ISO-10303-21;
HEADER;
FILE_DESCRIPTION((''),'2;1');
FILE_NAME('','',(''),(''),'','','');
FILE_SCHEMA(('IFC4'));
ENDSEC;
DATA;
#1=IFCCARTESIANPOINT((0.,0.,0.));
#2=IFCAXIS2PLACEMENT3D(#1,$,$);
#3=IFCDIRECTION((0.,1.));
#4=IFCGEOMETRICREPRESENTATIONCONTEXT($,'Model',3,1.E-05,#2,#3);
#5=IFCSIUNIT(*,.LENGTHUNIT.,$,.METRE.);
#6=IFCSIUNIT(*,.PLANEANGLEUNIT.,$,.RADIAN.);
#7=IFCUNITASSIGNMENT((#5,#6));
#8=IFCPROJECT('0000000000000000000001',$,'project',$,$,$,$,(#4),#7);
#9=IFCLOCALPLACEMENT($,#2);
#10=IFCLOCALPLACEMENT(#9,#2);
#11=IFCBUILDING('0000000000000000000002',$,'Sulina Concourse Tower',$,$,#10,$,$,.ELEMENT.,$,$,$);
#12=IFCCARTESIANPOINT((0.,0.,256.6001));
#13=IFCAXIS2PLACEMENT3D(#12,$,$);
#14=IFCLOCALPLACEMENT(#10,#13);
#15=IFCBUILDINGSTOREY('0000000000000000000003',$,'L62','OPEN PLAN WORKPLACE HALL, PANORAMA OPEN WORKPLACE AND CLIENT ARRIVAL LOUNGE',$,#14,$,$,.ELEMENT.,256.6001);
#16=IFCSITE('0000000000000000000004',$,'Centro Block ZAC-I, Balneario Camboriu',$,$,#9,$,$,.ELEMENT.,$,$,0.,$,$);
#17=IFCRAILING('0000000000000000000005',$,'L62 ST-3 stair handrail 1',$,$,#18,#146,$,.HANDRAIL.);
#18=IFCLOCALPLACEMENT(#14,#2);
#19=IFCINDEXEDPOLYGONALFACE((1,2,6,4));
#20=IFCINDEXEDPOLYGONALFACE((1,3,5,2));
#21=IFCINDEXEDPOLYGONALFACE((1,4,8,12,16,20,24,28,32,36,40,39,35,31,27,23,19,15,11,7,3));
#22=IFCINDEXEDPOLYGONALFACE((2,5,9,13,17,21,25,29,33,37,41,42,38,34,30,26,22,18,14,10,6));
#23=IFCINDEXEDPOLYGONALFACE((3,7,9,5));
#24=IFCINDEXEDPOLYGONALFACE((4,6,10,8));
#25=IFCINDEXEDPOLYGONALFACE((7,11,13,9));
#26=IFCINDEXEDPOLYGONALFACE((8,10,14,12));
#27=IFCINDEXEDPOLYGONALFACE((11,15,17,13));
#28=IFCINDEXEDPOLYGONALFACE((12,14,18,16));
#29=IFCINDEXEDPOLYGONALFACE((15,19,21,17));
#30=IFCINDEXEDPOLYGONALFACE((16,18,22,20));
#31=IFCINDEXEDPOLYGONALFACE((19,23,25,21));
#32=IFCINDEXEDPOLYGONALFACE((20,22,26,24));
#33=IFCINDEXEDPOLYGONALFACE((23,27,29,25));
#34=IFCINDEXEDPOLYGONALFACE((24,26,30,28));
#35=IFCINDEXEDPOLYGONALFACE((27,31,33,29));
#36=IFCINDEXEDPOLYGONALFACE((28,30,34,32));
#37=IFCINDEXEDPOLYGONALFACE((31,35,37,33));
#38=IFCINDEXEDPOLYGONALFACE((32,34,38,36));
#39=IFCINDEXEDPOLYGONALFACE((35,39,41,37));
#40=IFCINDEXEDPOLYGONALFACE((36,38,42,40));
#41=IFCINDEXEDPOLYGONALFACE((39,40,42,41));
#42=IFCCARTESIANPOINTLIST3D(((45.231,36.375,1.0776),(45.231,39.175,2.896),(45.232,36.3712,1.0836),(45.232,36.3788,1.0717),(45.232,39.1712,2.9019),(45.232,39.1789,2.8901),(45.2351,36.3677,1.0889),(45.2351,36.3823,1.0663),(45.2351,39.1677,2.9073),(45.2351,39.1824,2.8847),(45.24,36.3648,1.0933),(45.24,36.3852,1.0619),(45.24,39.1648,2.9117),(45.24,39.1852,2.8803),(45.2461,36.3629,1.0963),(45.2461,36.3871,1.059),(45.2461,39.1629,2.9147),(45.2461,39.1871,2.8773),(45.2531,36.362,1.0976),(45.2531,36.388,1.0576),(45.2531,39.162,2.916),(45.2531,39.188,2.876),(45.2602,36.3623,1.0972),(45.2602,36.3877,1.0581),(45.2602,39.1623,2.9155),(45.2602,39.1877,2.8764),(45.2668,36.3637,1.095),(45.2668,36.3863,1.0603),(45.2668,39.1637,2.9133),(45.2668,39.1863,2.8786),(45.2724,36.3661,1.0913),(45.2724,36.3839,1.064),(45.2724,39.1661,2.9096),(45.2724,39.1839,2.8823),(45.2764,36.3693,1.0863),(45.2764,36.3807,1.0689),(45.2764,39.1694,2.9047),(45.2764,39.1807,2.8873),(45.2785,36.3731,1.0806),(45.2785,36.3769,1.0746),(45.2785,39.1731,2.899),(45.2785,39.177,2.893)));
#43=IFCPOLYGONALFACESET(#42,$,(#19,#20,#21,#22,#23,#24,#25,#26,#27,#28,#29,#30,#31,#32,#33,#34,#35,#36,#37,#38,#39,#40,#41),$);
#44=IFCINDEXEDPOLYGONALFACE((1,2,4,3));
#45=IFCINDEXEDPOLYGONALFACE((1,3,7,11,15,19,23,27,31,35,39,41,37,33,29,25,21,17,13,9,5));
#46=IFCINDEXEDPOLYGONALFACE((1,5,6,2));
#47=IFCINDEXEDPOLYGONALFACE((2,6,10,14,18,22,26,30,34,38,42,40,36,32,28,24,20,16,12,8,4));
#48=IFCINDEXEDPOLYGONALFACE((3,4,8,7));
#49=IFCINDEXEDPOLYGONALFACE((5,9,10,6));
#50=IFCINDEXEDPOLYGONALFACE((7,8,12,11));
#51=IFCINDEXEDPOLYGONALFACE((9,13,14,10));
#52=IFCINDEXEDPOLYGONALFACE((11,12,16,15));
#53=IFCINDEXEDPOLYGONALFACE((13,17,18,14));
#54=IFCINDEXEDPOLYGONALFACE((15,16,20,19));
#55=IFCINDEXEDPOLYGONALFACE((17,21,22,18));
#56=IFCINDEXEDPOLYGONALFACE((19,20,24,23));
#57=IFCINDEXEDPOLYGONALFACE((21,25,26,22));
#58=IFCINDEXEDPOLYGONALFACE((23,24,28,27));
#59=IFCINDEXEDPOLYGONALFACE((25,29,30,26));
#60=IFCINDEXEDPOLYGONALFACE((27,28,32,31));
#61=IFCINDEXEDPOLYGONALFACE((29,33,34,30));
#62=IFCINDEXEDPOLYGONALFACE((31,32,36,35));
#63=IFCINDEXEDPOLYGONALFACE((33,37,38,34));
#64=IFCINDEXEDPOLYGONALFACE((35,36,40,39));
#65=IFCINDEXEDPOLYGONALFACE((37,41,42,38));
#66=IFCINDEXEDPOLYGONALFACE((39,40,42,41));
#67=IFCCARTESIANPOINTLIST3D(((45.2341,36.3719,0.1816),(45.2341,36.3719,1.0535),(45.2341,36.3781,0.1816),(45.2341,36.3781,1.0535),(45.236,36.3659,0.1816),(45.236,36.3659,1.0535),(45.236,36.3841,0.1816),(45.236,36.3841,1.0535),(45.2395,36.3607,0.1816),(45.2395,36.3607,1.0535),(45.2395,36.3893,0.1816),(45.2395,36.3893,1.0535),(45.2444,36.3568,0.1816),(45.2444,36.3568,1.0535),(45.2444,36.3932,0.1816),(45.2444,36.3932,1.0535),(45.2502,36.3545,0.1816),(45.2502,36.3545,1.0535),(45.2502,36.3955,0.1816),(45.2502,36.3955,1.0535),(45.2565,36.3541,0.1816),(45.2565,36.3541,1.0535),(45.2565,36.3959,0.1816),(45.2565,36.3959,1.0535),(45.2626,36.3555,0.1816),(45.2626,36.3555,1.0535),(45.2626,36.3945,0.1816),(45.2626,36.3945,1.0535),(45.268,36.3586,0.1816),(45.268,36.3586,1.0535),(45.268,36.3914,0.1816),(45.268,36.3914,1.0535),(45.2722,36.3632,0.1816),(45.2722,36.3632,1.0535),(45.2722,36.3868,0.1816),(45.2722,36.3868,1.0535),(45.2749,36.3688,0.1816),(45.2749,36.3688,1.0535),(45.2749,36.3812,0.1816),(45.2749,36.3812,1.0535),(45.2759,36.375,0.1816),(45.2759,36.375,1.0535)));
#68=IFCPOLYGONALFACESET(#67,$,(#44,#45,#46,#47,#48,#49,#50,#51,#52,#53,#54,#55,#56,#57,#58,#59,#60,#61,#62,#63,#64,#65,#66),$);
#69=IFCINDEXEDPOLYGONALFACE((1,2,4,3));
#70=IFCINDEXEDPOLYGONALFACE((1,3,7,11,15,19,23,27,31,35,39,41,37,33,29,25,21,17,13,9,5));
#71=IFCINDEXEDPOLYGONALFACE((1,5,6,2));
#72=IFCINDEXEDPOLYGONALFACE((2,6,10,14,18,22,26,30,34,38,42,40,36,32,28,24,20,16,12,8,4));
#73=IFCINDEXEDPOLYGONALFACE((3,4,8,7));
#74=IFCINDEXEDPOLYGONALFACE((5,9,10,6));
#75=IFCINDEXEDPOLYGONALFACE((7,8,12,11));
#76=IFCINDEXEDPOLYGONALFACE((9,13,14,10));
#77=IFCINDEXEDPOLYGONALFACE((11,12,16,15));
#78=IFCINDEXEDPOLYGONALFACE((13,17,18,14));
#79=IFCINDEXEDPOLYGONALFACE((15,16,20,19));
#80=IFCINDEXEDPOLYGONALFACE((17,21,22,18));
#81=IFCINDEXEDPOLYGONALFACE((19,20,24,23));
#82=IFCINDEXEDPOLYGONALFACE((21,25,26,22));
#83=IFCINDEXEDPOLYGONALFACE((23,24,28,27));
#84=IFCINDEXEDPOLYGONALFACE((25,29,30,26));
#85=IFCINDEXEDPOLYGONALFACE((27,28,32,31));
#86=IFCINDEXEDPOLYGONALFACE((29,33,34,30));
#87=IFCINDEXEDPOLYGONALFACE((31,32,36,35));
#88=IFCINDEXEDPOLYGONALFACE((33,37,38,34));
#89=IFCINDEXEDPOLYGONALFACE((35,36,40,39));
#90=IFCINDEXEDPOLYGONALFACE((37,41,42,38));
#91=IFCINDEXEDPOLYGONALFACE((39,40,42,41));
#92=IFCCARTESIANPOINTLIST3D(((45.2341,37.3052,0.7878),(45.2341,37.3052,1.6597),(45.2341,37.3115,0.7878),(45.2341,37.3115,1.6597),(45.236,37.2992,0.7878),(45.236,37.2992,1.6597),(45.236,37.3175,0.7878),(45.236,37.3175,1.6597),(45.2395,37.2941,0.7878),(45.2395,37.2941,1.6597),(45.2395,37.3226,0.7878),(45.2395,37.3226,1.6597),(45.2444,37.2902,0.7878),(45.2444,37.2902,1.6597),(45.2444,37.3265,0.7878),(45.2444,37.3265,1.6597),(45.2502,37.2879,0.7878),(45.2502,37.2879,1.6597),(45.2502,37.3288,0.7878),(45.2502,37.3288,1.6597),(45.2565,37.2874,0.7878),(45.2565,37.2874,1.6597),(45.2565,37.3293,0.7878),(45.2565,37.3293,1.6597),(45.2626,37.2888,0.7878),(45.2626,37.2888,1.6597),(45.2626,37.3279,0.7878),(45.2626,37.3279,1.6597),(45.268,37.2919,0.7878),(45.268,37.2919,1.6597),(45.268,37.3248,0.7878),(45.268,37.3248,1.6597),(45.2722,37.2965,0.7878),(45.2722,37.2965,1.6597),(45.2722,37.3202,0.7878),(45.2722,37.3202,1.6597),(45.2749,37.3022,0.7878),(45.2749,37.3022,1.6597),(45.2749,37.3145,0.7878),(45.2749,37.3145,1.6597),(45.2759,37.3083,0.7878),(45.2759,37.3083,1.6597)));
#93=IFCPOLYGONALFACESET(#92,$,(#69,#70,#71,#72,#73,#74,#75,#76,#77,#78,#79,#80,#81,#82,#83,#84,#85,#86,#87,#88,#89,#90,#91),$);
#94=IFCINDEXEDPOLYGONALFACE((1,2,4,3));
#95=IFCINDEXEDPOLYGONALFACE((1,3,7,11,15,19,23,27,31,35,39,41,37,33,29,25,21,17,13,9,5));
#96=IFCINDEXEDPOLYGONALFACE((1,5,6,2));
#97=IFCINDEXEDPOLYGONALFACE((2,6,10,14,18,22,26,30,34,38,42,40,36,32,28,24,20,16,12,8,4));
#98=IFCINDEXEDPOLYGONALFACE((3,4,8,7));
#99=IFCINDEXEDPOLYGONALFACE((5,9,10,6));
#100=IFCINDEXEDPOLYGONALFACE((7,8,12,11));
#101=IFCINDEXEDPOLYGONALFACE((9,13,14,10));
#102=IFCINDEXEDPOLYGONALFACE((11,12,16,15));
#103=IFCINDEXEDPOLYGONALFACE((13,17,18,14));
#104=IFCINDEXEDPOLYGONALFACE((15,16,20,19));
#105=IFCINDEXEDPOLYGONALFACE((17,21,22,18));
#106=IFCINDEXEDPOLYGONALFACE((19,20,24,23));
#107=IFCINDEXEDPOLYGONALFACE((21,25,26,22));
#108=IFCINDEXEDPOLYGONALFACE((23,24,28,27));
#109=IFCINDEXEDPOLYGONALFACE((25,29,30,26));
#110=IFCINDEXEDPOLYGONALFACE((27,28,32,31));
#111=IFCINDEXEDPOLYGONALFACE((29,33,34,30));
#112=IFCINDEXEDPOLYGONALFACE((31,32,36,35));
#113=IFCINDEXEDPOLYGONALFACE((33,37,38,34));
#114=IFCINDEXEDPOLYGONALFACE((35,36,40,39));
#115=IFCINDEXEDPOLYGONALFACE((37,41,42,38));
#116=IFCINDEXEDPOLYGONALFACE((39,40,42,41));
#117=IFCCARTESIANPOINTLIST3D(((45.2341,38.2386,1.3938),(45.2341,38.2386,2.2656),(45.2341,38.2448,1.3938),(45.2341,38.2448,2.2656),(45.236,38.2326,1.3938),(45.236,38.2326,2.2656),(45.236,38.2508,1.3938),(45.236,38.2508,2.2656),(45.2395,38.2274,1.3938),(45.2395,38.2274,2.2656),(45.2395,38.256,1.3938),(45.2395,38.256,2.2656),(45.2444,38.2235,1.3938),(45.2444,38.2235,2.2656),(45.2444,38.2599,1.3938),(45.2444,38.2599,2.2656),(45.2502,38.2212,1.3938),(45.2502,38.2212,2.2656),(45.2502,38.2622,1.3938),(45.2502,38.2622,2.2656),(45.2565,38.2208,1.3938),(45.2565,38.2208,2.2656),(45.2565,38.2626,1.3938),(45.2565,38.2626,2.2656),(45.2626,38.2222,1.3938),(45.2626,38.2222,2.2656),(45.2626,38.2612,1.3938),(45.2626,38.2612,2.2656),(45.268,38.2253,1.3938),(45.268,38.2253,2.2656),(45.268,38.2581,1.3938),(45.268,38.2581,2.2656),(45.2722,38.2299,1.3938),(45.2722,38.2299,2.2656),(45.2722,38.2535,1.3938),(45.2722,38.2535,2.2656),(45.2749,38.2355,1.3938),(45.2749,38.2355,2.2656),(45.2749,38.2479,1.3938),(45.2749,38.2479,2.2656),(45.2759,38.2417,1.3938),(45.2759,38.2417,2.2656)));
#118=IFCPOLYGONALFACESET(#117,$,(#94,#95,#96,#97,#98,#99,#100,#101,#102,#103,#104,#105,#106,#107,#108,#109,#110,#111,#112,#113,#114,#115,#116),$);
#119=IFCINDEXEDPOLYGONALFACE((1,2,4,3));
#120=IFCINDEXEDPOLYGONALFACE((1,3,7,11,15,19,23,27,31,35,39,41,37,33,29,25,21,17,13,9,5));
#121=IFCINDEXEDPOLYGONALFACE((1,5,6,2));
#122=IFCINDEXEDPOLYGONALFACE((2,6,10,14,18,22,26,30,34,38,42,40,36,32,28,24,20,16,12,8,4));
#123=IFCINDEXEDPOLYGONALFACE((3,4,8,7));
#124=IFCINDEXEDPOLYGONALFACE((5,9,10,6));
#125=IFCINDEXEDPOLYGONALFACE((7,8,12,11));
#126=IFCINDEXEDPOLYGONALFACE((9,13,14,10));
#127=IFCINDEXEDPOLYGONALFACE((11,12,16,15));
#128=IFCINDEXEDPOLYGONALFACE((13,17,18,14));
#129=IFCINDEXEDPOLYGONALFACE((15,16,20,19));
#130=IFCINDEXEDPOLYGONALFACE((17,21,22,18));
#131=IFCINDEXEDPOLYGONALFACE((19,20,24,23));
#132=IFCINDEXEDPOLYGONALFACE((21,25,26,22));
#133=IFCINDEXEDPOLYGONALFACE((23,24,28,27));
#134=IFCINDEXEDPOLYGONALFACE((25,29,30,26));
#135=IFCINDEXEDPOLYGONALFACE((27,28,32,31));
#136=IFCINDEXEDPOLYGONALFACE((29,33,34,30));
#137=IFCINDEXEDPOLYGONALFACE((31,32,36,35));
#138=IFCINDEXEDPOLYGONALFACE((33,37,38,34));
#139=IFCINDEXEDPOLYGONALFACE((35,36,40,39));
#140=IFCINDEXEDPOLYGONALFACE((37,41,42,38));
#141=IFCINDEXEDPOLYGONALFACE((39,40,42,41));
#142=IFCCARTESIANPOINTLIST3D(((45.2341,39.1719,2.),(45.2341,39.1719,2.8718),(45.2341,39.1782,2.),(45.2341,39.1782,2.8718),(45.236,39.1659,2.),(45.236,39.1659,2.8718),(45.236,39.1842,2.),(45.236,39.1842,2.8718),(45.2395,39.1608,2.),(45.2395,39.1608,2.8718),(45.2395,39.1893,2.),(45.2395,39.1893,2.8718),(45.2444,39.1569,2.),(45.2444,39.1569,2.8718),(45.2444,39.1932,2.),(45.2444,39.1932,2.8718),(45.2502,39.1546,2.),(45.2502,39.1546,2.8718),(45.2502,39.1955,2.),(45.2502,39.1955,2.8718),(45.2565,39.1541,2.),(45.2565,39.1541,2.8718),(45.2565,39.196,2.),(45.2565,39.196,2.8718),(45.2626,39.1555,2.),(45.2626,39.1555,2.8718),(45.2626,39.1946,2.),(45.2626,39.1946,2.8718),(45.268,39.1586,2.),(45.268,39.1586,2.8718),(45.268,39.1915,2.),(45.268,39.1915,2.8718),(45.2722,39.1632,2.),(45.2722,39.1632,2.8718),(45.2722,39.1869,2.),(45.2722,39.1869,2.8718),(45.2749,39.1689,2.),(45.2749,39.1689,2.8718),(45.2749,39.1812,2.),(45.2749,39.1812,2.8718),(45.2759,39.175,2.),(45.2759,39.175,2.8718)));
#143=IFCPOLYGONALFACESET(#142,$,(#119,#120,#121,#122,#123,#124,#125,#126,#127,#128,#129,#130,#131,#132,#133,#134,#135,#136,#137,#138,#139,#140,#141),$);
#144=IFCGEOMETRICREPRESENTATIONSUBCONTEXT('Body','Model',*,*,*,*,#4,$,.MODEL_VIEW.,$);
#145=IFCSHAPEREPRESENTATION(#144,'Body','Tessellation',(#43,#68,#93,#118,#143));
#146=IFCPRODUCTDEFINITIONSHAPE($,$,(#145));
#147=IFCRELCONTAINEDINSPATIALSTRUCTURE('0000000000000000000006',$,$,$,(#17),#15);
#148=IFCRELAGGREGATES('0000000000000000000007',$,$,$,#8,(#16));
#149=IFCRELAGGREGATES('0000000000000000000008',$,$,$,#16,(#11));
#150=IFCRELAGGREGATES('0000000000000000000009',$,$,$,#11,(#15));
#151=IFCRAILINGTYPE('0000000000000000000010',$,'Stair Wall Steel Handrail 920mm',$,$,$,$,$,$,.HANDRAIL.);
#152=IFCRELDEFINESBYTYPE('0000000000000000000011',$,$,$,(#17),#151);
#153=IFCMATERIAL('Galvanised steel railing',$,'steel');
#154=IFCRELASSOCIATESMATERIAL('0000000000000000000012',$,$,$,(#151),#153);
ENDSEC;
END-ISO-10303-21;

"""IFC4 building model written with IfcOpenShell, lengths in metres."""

from ifc_helpers import new_model, si_unit, direction, frame, origin, origin_2d, place, context, subcontext, project, spatial, circle, extrude, material, type_object, element, save


model = new_model("IFC4")

# Units and contexts
model_context = context("Model", 3, precision=1e-05, world=origin(), true_north=direction((0.0, 1.0)))
body_context = subcontext(model_context, "Body", "Model", "MODEL_VIEW")
ifc_project = project(units=[si_unit("LENGTHUNIT", "METRE"), si_unit("PLANEANGLEUNIT", "RADIAN")], contexts=[model_context])

# Site, building, storey
site_placement = place(None, origin())
site = spatial("IfcSite", under=ifc_project, at=site_placement, Name="Centro Block ZAC-I, Balneario Camboriu", CompositionType="ELEMENT", RefElevation=0.0)
building_placement = place(site_placement, origin())
building = spatial("IfcBuilding", under=site, at=building_placement, Name="Sulina Concourse Tower", CompositionType="ELEMENT")
storey_placement = place(building_placement, frame((0.0, 0.0, 256.6001)))
storey = spatial("IfcBuildingStorey", under=building, at=storey_placement, Name="L62", Description="OPEN PLAN WORKPLACE HALL, PANORAMA OPEN WORKPLACE AND CLIENT ARRIVAL LOUNGE", CompositionType="ELEMENT", Elevation=256.6001)

# Railing
ifc_material_1 = material(Name="Galvanised steel railing", Category="steel")
railing_type_1 = type_object("IfcRailingType", Name="Stair Wall Steel Handrail 920mm", PredefinedType="HANDRAIL", material=ifc_material_1)
railing_1_placement = place(storey_placement, frame((45.2549, 36.375, 0.1816)))
element("IfcRailing", 1, at=railing_1_placement, inside=storey, type_object=railing_type_1, Name="L62 ST-3 stair handrail 1", PredefinedType="HANDRAIL", context=body_context, shape_type="SweptSolid", body=[
    extrude(circle(Radius=0.0239, at=origin_2d()), frame((0.0, 0.0, 0.896), z_axis=(0.0, 0.838672, 0.544636), x_axis=(-1.0, 0.0, 0.0)), (0.0, 0.0, 1.0), 3.3386),
    extrude(circle(Radius=0.021, at=origin_2d()), origin(), (0.0, 0.0, 1.0), 0.8718),
    extrude(circle(Radius=0.021, at=origin_2d()), frame((0.0, 0.9333, 0.6062)), (0.0, 0.0, 1.0), 0.8718),
    extrude(circle(Radius=0.021, at=origin_2d()), frame((0.0, 1.8667, 1.2122)), (0.0, 0.0, 1.0), 0.8718),
    extrude(circle(Radius=0.021, at=origin_2d()), frame((0.0, 2.8, 1.8184)), (0.0, 0.0, 1.0), 0.8718),
])

save(model, "model.ifc")
